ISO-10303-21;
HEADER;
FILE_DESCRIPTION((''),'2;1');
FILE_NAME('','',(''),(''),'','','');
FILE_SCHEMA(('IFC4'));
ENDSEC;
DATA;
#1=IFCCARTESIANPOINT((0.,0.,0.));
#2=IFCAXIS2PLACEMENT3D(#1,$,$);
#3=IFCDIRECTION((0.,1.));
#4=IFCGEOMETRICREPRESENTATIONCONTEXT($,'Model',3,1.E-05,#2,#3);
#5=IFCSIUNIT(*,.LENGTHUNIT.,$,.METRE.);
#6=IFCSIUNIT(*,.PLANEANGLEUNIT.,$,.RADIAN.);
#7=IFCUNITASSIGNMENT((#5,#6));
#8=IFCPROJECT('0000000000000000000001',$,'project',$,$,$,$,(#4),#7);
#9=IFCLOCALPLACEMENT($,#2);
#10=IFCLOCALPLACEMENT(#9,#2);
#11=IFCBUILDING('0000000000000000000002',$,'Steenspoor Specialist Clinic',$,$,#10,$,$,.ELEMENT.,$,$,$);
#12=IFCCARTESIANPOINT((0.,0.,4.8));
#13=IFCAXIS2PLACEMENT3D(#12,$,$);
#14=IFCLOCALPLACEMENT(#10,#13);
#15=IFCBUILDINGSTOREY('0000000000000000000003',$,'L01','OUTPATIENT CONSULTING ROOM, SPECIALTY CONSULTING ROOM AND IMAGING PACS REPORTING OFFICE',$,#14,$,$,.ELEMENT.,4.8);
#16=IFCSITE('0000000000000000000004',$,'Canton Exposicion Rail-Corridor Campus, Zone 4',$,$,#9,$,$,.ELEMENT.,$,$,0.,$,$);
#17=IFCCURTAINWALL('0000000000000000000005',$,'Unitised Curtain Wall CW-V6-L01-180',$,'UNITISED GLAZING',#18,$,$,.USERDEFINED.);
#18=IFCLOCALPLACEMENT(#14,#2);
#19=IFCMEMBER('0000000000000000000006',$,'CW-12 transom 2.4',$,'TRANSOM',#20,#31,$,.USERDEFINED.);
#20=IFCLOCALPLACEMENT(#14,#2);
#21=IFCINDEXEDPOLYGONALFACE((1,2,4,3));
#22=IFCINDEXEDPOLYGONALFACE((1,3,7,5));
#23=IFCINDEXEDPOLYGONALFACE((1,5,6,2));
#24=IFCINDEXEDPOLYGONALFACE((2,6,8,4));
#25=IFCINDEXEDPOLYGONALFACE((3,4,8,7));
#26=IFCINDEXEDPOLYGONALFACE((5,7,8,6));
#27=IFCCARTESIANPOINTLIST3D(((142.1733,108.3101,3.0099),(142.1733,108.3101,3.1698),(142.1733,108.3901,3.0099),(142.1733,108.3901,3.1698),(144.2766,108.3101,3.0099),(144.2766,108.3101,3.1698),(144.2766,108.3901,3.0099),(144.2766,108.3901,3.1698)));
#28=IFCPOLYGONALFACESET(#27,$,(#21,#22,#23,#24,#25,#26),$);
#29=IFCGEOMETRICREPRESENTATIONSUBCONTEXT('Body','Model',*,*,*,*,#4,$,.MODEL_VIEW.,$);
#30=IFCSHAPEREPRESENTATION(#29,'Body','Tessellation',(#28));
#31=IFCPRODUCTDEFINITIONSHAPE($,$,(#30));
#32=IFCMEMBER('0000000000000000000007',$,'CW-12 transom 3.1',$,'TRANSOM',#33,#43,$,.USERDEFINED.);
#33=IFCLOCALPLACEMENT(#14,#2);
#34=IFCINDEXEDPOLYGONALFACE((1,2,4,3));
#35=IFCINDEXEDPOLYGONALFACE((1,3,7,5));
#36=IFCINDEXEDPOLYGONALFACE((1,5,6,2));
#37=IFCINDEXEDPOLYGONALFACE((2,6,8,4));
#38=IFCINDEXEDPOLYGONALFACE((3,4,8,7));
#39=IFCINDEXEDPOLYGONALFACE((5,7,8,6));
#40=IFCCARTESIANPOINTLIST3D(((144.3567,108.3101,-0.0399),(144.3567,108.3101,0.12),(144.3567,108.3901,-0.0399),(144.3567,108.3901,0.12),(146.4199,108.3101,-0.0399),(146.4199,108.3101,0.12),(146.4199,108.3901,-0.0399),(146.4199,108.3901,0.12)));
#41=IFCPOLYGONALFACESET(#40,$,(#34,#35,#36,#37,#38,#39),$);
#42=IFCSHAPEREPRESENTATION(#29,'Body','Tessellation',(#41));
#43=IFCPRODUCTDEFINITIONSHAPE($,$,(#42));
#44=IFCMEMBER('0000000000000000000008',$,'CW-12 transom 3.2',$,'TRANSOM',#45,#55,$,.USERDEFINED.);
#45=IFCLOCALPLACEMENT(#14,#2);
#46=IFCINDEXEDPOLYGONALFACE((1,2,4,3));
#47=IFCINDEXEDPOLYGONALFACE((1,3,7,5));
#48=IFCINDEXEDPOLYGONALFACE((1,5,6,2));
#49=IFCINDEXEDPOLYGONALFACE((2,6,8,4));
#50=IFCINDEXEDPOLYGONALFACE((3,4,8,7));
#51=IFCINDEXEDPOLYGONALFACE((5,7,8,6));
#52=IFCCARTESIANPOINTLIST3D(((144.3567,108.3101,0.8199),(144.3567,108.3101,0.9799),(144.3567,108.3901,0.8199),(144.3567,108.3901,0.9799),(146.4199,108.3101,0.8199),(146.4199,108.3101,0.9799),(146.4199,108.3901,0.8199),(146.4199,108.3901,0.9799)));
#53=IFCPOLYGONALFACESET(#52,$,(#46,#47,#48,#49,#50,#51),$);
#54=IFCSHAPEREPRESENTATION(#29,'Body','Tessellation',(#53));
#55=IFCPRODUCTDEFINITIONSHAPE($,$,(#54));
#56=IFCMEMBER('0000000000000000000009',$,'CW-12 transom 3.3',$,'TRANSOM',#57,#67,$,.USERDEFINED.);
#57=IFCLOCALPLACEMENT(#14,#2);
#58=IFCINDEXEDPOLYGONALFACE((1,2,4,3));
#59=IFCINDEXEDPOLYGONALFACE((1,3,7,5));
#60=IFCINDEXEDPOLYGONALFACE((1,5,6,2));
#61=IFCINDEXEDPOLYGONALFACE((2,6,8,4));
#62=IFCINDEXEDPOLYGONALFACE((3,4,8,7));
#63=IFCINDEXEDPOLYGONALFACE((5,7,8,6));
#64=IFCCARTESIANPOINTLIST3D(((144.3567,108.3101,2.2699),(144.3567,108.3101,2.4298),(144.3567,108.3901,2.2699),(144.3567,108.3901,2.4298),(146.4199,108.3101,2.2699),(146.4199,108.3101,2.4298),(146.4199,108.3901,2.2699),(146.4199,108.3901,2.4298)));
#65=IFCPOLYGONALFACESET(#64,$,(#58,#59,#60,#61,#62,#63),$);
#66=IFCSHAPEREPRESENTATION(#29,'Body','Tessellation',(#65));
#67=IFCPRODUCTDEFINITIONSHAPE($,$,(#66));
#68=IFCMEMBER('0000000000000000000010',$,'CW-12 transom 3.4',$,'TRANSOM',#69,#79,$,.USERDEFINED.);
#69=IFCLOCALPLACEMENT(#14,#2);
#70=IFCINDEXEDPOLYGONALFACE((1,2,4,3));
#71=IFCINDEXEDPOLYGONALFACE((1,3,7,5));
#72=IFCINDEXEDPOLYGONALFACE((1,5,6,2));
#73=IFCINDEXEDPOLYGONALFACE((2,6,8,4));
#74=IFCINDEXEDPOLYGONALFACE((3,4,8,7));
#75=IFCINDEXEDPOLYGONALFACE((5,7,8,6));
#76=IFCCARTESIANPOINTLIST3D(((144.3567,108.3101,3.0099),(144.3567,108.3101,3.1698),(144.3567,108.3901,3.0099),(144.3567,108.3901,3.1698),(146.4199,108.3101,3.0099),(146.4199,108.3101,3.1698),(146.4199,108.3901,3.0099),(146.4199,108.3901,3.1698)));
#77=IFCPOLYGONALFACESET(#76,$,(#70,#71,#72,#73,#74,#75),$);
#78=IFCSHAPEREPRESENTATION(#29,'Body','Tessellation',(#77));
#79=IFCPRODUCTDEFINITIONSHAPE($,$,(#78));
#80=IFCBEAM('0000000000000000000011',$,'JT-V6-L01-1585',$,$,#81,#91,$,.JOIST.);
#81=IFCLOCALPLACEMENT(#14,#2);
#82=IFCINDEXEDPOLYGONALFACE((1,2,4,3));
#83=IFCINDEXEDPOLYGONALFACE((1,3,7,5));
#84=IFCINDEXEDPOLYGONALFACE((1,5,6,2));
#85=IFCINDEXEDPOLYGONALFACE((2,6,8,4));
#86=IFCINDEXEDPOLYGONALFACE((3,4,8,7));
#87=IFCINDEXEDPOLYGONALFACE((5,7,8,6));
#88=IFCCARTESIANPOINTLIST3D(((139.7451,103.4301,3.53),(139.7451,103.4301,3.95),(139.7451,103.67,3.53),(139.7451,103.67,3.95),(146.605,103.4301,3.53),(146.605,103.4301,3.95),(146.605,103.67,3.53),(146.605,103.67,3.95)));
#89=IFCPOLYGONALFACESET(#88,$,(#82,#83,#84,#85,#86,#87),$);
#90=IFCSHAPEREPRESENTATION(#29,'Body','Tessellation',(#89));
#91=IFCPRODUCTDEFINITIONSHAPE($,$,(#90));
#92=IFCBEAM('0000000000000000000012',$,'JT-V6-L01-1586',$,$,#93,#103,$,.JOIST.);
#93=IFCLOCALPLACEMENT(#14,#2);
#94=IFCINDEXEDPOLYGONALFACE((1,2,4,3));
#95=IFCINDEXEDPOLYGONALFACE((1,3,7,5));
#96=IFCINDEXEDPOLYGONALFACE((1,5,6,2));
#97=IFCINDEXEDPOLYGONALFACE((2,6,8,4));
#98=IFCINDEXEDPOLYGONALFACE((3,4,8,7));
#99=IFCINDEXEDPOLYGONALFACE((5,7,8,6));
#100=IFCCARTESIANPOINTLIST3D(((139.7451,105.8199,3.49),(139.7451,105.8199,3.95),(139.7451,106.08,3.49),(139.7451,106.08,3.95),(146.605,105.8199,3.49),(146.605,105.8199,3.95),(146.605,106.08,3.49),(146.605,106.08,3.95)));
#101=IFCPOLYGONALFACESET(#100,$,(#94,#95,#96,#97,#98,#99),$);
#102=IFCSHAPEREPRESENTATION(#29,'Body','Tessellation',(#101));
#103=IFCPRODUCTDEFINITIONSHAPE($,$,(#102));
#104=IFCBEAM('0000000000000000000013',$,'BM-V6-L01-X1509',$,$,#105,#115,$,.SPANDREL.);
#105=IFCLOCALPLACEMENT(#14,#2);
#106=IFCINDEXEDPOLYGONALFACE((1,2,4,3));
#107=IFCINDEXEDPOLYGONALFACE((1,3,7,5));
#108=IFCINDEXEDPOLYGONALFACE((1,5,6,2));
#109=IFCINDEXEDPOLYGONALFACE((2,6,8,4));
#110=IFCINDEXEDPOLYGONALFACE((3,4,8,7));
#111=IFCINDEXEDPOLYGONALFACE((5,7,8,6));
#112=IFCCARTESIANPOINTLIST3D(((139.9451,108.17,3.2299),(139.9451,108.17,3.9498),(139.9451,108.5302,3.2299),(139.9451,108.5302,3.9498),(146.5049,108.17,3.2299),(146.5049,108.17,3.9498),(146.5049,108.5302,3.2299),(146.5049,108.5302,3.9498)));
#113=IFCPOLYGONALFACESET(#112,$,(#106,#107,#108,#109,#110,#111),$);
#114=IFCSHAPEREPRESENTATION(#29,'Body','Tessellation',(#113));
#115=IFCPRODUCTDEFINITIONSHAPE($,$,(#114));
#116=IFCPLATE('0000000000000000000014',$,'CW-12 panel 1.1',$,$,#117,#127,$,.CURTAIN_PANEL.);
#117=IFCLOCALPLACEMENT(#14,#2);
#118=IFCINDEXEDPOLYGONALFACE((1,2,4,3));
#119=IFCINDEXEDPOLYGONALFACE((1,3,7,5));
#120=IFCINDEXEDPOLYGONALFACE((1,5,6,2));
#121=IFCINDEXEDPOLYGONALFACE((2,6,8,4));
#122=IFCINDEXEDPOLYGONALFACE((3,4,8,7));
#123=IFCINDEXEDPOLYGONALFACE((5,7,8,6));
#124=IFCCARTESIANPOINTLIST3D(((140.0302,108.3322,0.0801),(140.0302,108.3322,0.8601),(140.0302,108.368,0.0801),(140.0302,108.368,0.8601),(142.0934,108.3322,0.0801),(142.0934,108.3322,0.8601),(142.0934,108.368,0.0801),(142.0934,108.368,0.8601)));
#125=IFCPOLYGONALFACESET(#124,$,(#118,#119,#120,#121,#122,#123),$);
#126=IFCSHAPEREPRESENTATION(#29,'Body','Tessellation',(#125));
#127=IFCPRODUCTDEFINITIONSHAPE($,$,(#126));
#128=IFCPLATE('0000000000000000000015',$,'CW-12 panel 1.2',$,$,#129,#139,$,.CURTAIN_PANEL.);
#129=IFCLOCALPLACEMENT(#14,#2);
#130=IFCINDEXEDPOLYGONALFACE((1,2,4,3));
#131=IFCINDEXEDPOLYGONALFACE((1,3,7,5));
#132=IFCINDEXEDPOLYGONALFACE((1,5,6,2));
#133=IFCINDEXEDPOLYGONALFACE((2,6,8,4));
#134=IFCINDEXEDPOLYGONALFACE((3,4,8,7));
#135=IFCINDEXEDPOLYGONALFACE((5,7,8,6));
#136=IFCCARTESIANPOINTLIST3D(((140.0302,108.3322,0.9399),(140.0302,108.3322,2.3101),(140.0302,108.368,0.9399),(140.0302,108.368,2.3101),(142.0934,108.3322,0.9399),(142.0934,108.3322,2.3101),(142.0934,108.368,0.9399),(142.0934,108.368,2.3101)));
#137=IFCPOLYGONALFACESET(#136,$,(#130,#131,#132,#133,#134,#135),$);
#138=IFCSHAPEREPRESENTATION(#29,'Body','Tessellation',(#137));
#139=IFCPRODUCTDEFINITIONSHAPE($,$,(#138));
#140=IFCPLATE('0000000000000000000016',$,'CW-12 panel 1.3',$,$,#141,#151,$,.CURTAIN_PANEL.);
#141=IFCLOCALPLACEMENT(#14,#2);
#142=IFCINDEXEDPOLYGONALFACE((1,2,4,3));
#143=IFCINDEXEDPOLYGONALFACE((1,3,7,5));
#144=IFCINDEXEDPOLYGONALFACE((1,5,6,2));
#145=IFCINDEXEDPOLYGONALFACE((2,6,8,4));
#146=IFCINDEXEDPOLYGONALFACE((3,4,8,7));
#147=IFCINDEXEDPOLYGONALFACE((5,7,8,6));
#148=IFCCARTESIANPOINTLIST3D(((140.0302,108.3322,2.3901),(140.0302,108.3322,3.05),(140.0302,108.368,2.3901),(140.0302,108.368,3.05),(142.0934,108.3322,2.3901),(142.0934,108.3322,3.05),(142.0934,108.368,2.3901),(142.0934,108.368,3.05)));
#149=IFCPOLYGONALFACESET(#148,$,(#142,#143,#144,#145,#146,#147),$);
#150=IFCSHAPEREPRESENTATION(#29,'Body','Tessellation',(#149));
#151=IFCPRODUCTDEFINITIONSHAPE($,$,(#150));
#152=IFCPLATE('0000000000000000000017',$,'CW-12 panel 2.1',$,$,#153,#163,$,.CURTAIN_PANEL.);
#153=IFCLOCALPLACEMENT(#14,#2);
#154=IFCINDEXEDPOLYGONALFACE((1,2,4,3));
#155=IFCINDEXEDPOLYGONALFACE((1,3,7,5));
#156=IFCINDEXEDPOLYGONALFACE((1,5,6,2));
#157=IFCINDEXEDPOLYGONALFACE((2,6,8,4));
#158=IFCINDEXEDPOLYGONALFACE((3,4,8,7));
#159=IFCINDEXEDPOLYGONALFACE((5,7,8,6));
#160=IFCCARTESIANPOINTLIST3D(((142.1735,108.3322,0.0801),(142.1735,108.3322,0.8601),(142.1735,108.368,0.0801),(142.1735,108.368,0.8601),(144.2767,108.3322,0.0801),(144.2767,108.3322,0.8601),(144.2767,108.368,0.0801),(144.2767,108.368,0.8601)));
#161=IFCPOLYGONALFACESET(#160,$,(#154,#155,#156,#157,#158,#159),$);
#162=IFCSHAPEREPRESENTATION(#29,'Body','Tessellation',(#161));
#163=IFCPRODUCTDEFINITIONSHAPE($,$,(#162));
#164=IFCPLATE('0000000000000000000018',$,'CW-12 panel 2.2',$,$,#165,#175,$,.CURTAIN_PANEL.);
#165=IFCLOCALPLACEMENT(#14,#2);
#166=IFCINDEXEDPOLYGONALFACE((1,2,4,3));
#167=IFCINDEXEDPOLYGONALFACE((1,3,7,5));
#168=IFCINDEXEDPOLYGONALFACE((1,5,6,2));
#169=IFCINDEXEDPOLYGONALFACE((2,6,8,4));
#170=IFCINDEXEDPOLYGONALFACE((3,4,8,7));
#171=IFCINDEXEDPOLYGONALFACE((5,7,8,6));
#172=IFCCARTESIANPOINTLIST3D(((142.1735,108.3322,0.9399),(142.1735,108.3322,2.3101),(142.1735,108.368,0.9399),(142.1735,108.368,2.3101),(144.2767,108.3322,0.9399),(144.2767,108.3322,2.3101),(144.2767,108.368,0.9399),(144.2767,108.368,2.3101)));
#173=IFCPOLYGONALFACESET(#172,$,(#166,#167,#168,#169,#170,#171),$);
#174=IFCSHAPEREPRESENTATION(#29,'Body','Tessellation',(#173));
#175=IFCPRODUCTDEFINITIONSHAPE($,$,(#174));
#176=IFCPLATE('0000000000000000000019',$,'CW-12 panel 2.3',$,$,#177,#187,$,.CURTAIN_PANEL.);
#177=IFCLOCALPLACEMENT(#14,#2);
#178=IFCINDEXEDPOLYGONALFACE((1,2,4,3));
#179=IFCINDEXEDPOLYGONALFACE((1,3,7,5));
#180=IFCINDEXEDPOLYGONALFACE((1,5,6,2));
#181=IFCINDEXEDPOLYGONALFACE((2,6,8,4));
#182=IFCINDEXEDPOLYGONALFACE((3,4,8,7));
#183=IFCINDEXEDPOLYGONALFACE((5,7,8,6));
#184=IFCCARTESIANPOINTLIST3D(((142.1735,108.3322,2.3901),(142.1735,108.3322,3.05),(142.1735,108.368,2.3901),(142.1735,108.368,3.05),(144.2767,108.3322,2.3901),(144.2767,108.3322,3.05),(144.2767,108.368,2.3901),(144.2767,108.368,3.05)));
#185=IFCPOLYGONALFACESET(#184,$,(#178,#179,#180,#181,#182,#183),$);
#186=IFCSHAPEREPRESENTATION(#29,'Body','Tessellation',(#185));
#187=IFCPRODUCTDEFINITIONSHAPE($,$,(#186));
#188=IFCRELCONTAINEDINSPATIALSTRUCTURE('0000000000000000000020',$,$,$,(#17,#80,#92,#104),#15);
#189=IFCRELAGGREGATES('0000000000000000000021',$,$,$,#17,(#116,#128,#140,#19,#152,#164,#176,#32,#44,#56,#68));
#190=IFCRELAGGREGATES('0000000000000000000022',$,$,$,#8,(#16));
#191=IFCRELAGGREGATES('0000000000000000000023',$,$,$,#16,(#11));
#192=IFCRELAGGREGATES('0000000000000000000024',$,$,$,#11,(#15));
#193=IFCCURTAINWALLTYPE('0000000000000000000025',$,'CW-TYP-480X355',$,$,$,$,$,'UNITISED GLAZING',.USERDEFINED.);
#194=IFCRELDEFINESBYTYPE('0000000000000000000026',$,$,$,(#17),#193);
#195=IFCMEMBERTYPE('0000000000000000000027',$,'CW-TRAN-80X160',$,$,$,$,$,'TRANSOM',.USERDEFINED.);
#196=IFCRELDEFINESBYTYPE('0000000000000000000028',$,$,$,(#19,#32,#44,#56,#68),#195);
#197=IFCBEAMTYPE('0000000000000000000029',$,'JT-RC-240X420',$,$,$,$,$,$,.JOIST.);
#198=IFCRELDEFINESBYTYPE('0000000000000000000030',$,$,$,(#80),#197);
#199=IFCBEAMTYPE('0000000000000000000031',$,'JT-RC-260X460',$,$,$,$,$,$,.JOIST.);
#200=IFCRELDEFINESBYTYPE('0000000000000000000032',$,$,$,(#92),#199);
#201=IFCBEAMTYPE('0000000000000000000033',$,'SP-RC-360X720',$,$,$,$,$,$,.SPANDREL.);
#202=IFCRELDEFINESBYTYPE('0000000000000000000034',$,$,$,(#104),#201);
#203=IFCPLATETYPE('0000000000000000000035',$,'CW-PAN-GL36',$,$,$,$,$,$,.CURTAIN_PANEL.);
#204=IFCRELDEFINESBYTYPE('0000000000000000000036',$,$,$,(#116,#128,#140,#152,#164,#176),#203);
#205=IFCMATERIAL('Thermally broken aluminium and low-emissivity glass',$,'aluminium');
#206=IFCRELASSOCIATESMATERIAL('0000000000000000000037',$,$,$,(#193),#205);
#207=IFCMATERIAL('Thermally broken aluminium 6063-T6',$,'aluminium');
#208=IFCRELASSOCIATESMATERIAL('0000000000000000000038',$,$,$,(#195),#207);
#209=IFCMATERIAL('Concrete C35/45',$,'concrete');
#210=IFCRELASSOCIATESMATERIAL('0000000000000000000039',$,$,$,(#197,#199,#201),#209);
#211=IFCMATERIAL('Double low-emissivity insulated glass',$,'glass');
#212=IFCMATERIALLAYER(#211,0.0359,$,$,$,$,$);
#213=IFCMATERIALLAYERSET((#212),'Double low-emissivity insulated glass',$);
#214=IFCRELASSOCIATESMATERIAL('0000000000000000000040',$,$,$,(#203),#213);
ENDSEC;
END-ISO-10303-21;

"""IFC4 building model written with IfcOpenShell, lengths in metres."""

from ifc_helpers import new_model, si_unit, direction, frame, origin, origin_2d, place, context, subcontext, project, spatial, rectangle, extrude, material, layer, layer_set, material_profile, profile_set, type_object, element, aggregate, save


model = new_model("IFC4")

# Units and contexts
model_context = context("Model", 3, precision=1e-05, world=origin(), true_north=direction((0.0, 1.0)))
body_context = subcontext(model_context, "Body", "Model", "MODEL_VIEW")
ifc_project = project(units=[si_unit("LENGTHUNIT", "METRE"), si_unit("PLANEANGLEUNIT", "RADIAN")], contexts=[model_context])

# Site, building, storey
site_placement = place(None, origin())
site = spatial("IfcSite", under=ifc_project, at=site_placement, Name="Canton Exposicion Rail-Corridor Campus, Zone 4", CompositionType="ELEMENT", RefElevation=0.0)
building_placement = place(site_placement, origin())
building = spatial("IfcBuilding", under=site, at=building_placement, Name="Steenspoor Specialist Clinic", CompositionType="ELEMENT")
storey_placement = place(building_placement, frame((0.0, 0.0, 4.8)))
storey = spatial("IfcBuildingStorey", under=building, at=storey_placement, Name="L01", Description="OUTPATIENT CONSULTING ROOM, SPECIALTY CONSULTING ROOM AND IMAGING PACS REPORTING OFFICE", CompositionType="ELEMENT", Elevation=4.8)

# Curtain wall, members
ifc_material_1 = material(Name="Thermally broken aluminium and low-emissivity glass", Category="aluminium")
curtain_wall_type = type_object("IfcCurtainWallType", Name="CW-TYP-480X355", ElementType="UNITISED GLAZING", PredefinedType="USERDEFINED", material=ifc_material_1)
curtain_wall_placement = place(storey_placement, origin())
curtain_wall = element("IfcCurtainWall", 1, at=curtain_wall_placement, inside=storey, type_object=curtain_wall_type, Name="Unitised Curtain Wall CW-V6-L01-180", ObjectType="UNITISED GLAZING", PredefinedType="USERDEFINED")
ifc_material_2 = material(Name="Thermally broken aluminium 6063-T6", Category="aluminium")
ifc_material_profile_1 = material_profile(ifc_material_2, rectangle(XDim=0.0801, YDim=0.1599, at=origin_2d()), Name="CWT-80X160")
ifc_profile_set_1 = profile_set([ifc_material_profile_1], Name="Thermally broken aluminium 6063-T6")
member_type_1 = type_object("IfcMemberType", Name="CW-TRAN-80X160", ElementType="TRANSOM", PredefinedType="USERDEFINED", material=ifc_profile_set_1)
member_1_placement = place(storey_placement, frame((142.1733, 108.3501, 3.0898), z_axis=(1.0, 0.0, 0.0), x_axis=(0.0, 1.0, 0.0)))
member_1 = element("IfcMember", 2, at=member_1_placement, type_object=member_type_1, Name="CW-12 transom 2.4", ObjectType="TRANSOM", PredefinedType="USERDEFINED", context=body_context, shape_type="SweptSolid", body=[
    extrude(rectangle(XDim=0.0801, YDim=0.1599, at=origin_2d()), origin(), (0.0, 0.0, 1.0), 2.1033),
])
member_2_placement = place(storey_placement, frame((144.3567, 108.3501, 0.04), z_axis=(1.0, 0.0, 0.0), x_axis=(0.0, 1.0, 0.0)))
member_2 = element("IfcMember", 3, at=member_2_placement, type_object=member_type_1, Name="CW-12 transom 3.1", ObjectType="TRANSOM", PredefinedType="USERDEFINED", context=body_context, shape_type="SweptSolid", body=[
    extrude(rectangle(XDim=0.0801, YDim=0.1599, at=origin_2d()), origin(), (0.0, 0.0, 1.0), 2.0632),
])
member_3_placement = place(storey_placement, frame((144.3567, 108.3501, 0.8999), z_axis=(1.0, 0.0, 0.0), x_axis=(0.0, 1.0, 0.0)))
member_3 = element("IfcMember", 4, at=member_3_placement, type_object=member_type_1, Name="CW-12 transom 3.2", ObjectType="TRANSOM", PredefinedType="USERDEFINED", context=body_context, shape_type="SweptSolid", body=[
    extrude(rectangle(XDim=0.0801, YDim=0.1599, at=origin_2d()), origin(), (0.0, 0.0, 1.0), 2.0632),
])
member_4_placement = place(storey_placement, frame((144.3567, 108.3501, 2.3499), z_axis=(1.0, 0.0, 0.0), x_axis=(0.0, 1.0, 0.0)))
member_4 = element("IfcMember", 5, at=member_4_placement, type_object=member_type_1, Name="CW-12 transom 3.3", ObjectType="TRANSOM", PredefinedType="USERDEFINED", context=body_context, shape_type="SweptSolid", body=[
    extrude(rectangle(XDim=0.0801, YDim=0.1599, at=origin_2d()), origin(), (0.0, 0.0, 1.0), 2.0632),
])
member_5_placement = place(storey_placement, frame((144.3567, 108.3501, 3.0898), z_axis=(1.0, 0.0, 0.0), x_axis=(0.0, 1.0, 0.0)))
member_5 = element("IfcMember", 6, at=member_5_placement, type_object=member_type_1, Name="CW-12 transom 3.4", ObjectType="TRANSOM", PredefinedType="USERDEFINED", context=body_context, shape_type="SweptSolid", body=[
    extrude(rectangle(XDim=0.0801, YDim=0.1599, at=origin_2d()), origin(), (0.0, 0.0, 1.0), 2.0632),
])

# Beams
ifc_material_3 = material(Name="Concrete C35/45", Category="concrete")
ifc_material_profile_2 = material_profile(ifc_material_3, rectangle(XDim=0.24, YDim=0.4199, at=origin_2d()), Name="RC-JT-240X420")
ifc_profile_set_2 = profile_set([ifc_material_profile_2], Name="Concrete C35/45")
beam_type_1 = type_object("IfcBeamType", Name="JT-RC-240X420", PredefinedType="JOIST", material=ifc_profile_set_2)
beam_1_placement = place(storey_placement, frame((139.7451, 103.55, 3.74), z_axis=(1.0, 0.0, 0.0), x_axis=(0.0, 1.0, 0.0)))
element("IfcBeam", 7, at=beam_1_placement, inside=storey, type_object=beam_type_1, Name="JT-V6-L01-1585", PredefinedType="JOIST", context=body_context, shape_type="SweptSolid", body=[
    extrude(rectangle(XDim=0.24, YDim=0.4199, at=origin_2d()), origin(), (0.0, 0.0, 1.0), 6.8599),
])
ifc_material_profile_3 = material_profile(ifc_material_3, rectangle(XDim=0.26, YDim=0.46, at=origin_2d()), Name="RC-JT-260X460")
ifc_profile_set_3 = profile_set([ifc_material_profile_3], Name="Concrete C35/45")
beam_type_2 = type_object("IfcBeamType", Name="JT-RC-260X460", PredefinedType="JOIST", material=ifc_profile_set_3)
beam_2_placement = place(storey_placement, frame((139.7451, 105.95, 3.72), z_axis=(1.0, 0.0, 0.0), x_axis=(0.0, 1.0, 0.0)))
element("IfcBeam", 8, at=beam_2_placement, inside=storey, type_object=beam_type_2, Name="JT-V6-L01-1586", PredefinedType="JOIST", context=body_context, shape_type="SweptSolid", body=[
    extrude(rectangle(XDim=0.26, YDim=0.46, at=origin_2d()), origin(), (0.0, 0.0, 1.0), 6.8599),
])
ifc_material_profile_4 = material_profile(ifc_material_3, rectangle(XDim=0.3601, YDim=0.72, at=origin_2d()), Name="RC-SP-360X720")
ifc_profile_set_4 = profile_set([ifc_material_profile_4], Name="Concrete C35/45")
beam_type_3 = type_object("IfcBeamType", Name="SP-RC-360X720", PredefinedType="SPANDREL", material=ifc_profile_set_4)
beam_3_placement = place(storey_placement, frame((139.9451, 108.3501, 3.5898), z_axis=(1.0, 0.0, 0.0), x_axis=(0.0, 1.0, 0.0)))
element("IfcBeam", 9, at=beam_3_placement, inside=storey, type_object=beam_type_3, Name="BM-V6-L01-X1509", PredefinedType="SPANDREL", context=body_context, shape_type="SweptSolid", body=[
    extrude(rectangle(XDim=0.3601, YDim=0.72, at=origin_2d()), origin(), (0.0, 0.0, 1.0), 6.5598),
])

# Plates
ifc_material_4 = material(Name="Double low-emissivity insulated glass", Category="glass")
ifc_layer_1 = layer(ifc_material_4, 0.0359)
ifc_layer_set_1 = layer_set([ifc_layer_1], Name="Double low-emissivity insulated glass")
plate_type = type_object("IfcPlateType", Name="CW-PAN-GL36", PredefinedType="CURTAIN_PANEL", material=ifc_layer_set_1)
plate_1_placement = place(storey_placement, frame((141.0618, 108.3501, 0.0801), z_axis=(0.0, 0.0, 1.0), x_axis=(1.0, 0.0, 0.0)))
plate_1 = element("IfcPlate", 10, at=plate_1_placement, type_object=plate_type, Name="CW-12 panel 1.1", PredefinedType="CURTAIN_PANEL", context=body_context, shape_type="SweptSolid", body=[
    extrude(rectangle(XDim=2.0632, YDim=0.0359, at=origin_2d()), origin(), (0.0, 0.0, 1.0), 0.78),
])
plate_2_placement = place(storey_placement, frame((141.0618, 108.3501, 0.9399), z_axis=(0.0, 0.0, 1.0), x_axis=(1.0, 0.0, 0.0)))
plate_2 = element("IfcPlate", 11, at=plate_2_placement, type_object=plate_type, Name="CW-12 panel 1.2", PredefinedType="CURTAIN_PANEL", context=body_context, shape_type="SweptSolid", body=[
    extrude(rectangle(XDim=2.0632, YDim=0.0359, at=origin_2d()), origin(), (0.0, 0.0, 1.0), 1.3701),
])
plate_3_placement = place(storey_placement, frame((141.0618, 108.3501, 2.3901), z_axis=(0.0, 0.0, 1.0), x_axis=(1.0, 0.0, 0.0)))
plate_3 = element("IfcPlate", 12, at=plate_3_placement, type_object=plate_type, Name="CW-12 panel 1.3", PredefinedType="CURTAIN_PANEL", context=body_context, shape_type="SweptSolid", body=[
    extrude(rectangle(XDim=2.0632, YDim=0.0359, at=origin_2d()), origin(), (0.0, 0.0, 1.0), 0.6599),
])
plate_4_placement = place(storey_placement, frame((143.2251, 108.3501, 0.0801), z_axis=(0.0, 0.0, 1.0), x_axis=(1.0, 0.0, 0.0)))
plate_4 = element("IfcPlate", 13, at=plate_4_placement, type_object=plate_type, Name="CW-12 panel 2.1", PredefinedType="CURTAIN_PANEL", context=body_context, shape_type="SweptSolid", body=[
    extrude(rectangle(XDim=2.1033, YDim=0.0359, at=origin_2d()), origin(), (0.0, 0.0, 1.0), 0.78),
])
plate_5_placement = place(storey_placement, frame((143.2251, 108.3501, 0.9399), z_axis=(0.0, 0.0, 1.0), x_axis=(1.0, 0.0, 0.0)))
plate_5 = element("IfcPlate", 14, at=plate_5_placement, type_object=plate_type, Name="CW-12 panel 2.2", PredefinedType="CURTAIN_PANEL", context=body_context, shape_type="SweptSolid", body=[
    extrude(rectangle(XDim=2.1033, YDim=0.0359, at=origin_2d()), origin(), (0.0, 0.0, 1.0), 1.3701),
])
plate_6_placement = place(storey_placement, frame((143.2251, 108.3501, 2.3901), z_axis=(0.0, 0.0, 1.0), x_axis=(1.0, 0.0, 0.0)))
plate_6 = element("IfcPlate", 15, at=plate_6_placement, type_object=plate_type, Name="CW-12 panel 2.3", PredefinedType="CURTAIN_PANEL", context=body_context, shape_type="SweptSolid", body=[
    extrude(rectangle(XDim=2.1033, YDim=0.0359, at=origin_2d()), origin(), (0.0, 0.0, 1.0), 0.6599),
])
aggregate(curtain_wall, [plate_1, plate_2, plate_3, member_1, plate_4, plate_5, plate_6, member_2, member_3, member_4, member_5])

save(model, "model.ifc")
